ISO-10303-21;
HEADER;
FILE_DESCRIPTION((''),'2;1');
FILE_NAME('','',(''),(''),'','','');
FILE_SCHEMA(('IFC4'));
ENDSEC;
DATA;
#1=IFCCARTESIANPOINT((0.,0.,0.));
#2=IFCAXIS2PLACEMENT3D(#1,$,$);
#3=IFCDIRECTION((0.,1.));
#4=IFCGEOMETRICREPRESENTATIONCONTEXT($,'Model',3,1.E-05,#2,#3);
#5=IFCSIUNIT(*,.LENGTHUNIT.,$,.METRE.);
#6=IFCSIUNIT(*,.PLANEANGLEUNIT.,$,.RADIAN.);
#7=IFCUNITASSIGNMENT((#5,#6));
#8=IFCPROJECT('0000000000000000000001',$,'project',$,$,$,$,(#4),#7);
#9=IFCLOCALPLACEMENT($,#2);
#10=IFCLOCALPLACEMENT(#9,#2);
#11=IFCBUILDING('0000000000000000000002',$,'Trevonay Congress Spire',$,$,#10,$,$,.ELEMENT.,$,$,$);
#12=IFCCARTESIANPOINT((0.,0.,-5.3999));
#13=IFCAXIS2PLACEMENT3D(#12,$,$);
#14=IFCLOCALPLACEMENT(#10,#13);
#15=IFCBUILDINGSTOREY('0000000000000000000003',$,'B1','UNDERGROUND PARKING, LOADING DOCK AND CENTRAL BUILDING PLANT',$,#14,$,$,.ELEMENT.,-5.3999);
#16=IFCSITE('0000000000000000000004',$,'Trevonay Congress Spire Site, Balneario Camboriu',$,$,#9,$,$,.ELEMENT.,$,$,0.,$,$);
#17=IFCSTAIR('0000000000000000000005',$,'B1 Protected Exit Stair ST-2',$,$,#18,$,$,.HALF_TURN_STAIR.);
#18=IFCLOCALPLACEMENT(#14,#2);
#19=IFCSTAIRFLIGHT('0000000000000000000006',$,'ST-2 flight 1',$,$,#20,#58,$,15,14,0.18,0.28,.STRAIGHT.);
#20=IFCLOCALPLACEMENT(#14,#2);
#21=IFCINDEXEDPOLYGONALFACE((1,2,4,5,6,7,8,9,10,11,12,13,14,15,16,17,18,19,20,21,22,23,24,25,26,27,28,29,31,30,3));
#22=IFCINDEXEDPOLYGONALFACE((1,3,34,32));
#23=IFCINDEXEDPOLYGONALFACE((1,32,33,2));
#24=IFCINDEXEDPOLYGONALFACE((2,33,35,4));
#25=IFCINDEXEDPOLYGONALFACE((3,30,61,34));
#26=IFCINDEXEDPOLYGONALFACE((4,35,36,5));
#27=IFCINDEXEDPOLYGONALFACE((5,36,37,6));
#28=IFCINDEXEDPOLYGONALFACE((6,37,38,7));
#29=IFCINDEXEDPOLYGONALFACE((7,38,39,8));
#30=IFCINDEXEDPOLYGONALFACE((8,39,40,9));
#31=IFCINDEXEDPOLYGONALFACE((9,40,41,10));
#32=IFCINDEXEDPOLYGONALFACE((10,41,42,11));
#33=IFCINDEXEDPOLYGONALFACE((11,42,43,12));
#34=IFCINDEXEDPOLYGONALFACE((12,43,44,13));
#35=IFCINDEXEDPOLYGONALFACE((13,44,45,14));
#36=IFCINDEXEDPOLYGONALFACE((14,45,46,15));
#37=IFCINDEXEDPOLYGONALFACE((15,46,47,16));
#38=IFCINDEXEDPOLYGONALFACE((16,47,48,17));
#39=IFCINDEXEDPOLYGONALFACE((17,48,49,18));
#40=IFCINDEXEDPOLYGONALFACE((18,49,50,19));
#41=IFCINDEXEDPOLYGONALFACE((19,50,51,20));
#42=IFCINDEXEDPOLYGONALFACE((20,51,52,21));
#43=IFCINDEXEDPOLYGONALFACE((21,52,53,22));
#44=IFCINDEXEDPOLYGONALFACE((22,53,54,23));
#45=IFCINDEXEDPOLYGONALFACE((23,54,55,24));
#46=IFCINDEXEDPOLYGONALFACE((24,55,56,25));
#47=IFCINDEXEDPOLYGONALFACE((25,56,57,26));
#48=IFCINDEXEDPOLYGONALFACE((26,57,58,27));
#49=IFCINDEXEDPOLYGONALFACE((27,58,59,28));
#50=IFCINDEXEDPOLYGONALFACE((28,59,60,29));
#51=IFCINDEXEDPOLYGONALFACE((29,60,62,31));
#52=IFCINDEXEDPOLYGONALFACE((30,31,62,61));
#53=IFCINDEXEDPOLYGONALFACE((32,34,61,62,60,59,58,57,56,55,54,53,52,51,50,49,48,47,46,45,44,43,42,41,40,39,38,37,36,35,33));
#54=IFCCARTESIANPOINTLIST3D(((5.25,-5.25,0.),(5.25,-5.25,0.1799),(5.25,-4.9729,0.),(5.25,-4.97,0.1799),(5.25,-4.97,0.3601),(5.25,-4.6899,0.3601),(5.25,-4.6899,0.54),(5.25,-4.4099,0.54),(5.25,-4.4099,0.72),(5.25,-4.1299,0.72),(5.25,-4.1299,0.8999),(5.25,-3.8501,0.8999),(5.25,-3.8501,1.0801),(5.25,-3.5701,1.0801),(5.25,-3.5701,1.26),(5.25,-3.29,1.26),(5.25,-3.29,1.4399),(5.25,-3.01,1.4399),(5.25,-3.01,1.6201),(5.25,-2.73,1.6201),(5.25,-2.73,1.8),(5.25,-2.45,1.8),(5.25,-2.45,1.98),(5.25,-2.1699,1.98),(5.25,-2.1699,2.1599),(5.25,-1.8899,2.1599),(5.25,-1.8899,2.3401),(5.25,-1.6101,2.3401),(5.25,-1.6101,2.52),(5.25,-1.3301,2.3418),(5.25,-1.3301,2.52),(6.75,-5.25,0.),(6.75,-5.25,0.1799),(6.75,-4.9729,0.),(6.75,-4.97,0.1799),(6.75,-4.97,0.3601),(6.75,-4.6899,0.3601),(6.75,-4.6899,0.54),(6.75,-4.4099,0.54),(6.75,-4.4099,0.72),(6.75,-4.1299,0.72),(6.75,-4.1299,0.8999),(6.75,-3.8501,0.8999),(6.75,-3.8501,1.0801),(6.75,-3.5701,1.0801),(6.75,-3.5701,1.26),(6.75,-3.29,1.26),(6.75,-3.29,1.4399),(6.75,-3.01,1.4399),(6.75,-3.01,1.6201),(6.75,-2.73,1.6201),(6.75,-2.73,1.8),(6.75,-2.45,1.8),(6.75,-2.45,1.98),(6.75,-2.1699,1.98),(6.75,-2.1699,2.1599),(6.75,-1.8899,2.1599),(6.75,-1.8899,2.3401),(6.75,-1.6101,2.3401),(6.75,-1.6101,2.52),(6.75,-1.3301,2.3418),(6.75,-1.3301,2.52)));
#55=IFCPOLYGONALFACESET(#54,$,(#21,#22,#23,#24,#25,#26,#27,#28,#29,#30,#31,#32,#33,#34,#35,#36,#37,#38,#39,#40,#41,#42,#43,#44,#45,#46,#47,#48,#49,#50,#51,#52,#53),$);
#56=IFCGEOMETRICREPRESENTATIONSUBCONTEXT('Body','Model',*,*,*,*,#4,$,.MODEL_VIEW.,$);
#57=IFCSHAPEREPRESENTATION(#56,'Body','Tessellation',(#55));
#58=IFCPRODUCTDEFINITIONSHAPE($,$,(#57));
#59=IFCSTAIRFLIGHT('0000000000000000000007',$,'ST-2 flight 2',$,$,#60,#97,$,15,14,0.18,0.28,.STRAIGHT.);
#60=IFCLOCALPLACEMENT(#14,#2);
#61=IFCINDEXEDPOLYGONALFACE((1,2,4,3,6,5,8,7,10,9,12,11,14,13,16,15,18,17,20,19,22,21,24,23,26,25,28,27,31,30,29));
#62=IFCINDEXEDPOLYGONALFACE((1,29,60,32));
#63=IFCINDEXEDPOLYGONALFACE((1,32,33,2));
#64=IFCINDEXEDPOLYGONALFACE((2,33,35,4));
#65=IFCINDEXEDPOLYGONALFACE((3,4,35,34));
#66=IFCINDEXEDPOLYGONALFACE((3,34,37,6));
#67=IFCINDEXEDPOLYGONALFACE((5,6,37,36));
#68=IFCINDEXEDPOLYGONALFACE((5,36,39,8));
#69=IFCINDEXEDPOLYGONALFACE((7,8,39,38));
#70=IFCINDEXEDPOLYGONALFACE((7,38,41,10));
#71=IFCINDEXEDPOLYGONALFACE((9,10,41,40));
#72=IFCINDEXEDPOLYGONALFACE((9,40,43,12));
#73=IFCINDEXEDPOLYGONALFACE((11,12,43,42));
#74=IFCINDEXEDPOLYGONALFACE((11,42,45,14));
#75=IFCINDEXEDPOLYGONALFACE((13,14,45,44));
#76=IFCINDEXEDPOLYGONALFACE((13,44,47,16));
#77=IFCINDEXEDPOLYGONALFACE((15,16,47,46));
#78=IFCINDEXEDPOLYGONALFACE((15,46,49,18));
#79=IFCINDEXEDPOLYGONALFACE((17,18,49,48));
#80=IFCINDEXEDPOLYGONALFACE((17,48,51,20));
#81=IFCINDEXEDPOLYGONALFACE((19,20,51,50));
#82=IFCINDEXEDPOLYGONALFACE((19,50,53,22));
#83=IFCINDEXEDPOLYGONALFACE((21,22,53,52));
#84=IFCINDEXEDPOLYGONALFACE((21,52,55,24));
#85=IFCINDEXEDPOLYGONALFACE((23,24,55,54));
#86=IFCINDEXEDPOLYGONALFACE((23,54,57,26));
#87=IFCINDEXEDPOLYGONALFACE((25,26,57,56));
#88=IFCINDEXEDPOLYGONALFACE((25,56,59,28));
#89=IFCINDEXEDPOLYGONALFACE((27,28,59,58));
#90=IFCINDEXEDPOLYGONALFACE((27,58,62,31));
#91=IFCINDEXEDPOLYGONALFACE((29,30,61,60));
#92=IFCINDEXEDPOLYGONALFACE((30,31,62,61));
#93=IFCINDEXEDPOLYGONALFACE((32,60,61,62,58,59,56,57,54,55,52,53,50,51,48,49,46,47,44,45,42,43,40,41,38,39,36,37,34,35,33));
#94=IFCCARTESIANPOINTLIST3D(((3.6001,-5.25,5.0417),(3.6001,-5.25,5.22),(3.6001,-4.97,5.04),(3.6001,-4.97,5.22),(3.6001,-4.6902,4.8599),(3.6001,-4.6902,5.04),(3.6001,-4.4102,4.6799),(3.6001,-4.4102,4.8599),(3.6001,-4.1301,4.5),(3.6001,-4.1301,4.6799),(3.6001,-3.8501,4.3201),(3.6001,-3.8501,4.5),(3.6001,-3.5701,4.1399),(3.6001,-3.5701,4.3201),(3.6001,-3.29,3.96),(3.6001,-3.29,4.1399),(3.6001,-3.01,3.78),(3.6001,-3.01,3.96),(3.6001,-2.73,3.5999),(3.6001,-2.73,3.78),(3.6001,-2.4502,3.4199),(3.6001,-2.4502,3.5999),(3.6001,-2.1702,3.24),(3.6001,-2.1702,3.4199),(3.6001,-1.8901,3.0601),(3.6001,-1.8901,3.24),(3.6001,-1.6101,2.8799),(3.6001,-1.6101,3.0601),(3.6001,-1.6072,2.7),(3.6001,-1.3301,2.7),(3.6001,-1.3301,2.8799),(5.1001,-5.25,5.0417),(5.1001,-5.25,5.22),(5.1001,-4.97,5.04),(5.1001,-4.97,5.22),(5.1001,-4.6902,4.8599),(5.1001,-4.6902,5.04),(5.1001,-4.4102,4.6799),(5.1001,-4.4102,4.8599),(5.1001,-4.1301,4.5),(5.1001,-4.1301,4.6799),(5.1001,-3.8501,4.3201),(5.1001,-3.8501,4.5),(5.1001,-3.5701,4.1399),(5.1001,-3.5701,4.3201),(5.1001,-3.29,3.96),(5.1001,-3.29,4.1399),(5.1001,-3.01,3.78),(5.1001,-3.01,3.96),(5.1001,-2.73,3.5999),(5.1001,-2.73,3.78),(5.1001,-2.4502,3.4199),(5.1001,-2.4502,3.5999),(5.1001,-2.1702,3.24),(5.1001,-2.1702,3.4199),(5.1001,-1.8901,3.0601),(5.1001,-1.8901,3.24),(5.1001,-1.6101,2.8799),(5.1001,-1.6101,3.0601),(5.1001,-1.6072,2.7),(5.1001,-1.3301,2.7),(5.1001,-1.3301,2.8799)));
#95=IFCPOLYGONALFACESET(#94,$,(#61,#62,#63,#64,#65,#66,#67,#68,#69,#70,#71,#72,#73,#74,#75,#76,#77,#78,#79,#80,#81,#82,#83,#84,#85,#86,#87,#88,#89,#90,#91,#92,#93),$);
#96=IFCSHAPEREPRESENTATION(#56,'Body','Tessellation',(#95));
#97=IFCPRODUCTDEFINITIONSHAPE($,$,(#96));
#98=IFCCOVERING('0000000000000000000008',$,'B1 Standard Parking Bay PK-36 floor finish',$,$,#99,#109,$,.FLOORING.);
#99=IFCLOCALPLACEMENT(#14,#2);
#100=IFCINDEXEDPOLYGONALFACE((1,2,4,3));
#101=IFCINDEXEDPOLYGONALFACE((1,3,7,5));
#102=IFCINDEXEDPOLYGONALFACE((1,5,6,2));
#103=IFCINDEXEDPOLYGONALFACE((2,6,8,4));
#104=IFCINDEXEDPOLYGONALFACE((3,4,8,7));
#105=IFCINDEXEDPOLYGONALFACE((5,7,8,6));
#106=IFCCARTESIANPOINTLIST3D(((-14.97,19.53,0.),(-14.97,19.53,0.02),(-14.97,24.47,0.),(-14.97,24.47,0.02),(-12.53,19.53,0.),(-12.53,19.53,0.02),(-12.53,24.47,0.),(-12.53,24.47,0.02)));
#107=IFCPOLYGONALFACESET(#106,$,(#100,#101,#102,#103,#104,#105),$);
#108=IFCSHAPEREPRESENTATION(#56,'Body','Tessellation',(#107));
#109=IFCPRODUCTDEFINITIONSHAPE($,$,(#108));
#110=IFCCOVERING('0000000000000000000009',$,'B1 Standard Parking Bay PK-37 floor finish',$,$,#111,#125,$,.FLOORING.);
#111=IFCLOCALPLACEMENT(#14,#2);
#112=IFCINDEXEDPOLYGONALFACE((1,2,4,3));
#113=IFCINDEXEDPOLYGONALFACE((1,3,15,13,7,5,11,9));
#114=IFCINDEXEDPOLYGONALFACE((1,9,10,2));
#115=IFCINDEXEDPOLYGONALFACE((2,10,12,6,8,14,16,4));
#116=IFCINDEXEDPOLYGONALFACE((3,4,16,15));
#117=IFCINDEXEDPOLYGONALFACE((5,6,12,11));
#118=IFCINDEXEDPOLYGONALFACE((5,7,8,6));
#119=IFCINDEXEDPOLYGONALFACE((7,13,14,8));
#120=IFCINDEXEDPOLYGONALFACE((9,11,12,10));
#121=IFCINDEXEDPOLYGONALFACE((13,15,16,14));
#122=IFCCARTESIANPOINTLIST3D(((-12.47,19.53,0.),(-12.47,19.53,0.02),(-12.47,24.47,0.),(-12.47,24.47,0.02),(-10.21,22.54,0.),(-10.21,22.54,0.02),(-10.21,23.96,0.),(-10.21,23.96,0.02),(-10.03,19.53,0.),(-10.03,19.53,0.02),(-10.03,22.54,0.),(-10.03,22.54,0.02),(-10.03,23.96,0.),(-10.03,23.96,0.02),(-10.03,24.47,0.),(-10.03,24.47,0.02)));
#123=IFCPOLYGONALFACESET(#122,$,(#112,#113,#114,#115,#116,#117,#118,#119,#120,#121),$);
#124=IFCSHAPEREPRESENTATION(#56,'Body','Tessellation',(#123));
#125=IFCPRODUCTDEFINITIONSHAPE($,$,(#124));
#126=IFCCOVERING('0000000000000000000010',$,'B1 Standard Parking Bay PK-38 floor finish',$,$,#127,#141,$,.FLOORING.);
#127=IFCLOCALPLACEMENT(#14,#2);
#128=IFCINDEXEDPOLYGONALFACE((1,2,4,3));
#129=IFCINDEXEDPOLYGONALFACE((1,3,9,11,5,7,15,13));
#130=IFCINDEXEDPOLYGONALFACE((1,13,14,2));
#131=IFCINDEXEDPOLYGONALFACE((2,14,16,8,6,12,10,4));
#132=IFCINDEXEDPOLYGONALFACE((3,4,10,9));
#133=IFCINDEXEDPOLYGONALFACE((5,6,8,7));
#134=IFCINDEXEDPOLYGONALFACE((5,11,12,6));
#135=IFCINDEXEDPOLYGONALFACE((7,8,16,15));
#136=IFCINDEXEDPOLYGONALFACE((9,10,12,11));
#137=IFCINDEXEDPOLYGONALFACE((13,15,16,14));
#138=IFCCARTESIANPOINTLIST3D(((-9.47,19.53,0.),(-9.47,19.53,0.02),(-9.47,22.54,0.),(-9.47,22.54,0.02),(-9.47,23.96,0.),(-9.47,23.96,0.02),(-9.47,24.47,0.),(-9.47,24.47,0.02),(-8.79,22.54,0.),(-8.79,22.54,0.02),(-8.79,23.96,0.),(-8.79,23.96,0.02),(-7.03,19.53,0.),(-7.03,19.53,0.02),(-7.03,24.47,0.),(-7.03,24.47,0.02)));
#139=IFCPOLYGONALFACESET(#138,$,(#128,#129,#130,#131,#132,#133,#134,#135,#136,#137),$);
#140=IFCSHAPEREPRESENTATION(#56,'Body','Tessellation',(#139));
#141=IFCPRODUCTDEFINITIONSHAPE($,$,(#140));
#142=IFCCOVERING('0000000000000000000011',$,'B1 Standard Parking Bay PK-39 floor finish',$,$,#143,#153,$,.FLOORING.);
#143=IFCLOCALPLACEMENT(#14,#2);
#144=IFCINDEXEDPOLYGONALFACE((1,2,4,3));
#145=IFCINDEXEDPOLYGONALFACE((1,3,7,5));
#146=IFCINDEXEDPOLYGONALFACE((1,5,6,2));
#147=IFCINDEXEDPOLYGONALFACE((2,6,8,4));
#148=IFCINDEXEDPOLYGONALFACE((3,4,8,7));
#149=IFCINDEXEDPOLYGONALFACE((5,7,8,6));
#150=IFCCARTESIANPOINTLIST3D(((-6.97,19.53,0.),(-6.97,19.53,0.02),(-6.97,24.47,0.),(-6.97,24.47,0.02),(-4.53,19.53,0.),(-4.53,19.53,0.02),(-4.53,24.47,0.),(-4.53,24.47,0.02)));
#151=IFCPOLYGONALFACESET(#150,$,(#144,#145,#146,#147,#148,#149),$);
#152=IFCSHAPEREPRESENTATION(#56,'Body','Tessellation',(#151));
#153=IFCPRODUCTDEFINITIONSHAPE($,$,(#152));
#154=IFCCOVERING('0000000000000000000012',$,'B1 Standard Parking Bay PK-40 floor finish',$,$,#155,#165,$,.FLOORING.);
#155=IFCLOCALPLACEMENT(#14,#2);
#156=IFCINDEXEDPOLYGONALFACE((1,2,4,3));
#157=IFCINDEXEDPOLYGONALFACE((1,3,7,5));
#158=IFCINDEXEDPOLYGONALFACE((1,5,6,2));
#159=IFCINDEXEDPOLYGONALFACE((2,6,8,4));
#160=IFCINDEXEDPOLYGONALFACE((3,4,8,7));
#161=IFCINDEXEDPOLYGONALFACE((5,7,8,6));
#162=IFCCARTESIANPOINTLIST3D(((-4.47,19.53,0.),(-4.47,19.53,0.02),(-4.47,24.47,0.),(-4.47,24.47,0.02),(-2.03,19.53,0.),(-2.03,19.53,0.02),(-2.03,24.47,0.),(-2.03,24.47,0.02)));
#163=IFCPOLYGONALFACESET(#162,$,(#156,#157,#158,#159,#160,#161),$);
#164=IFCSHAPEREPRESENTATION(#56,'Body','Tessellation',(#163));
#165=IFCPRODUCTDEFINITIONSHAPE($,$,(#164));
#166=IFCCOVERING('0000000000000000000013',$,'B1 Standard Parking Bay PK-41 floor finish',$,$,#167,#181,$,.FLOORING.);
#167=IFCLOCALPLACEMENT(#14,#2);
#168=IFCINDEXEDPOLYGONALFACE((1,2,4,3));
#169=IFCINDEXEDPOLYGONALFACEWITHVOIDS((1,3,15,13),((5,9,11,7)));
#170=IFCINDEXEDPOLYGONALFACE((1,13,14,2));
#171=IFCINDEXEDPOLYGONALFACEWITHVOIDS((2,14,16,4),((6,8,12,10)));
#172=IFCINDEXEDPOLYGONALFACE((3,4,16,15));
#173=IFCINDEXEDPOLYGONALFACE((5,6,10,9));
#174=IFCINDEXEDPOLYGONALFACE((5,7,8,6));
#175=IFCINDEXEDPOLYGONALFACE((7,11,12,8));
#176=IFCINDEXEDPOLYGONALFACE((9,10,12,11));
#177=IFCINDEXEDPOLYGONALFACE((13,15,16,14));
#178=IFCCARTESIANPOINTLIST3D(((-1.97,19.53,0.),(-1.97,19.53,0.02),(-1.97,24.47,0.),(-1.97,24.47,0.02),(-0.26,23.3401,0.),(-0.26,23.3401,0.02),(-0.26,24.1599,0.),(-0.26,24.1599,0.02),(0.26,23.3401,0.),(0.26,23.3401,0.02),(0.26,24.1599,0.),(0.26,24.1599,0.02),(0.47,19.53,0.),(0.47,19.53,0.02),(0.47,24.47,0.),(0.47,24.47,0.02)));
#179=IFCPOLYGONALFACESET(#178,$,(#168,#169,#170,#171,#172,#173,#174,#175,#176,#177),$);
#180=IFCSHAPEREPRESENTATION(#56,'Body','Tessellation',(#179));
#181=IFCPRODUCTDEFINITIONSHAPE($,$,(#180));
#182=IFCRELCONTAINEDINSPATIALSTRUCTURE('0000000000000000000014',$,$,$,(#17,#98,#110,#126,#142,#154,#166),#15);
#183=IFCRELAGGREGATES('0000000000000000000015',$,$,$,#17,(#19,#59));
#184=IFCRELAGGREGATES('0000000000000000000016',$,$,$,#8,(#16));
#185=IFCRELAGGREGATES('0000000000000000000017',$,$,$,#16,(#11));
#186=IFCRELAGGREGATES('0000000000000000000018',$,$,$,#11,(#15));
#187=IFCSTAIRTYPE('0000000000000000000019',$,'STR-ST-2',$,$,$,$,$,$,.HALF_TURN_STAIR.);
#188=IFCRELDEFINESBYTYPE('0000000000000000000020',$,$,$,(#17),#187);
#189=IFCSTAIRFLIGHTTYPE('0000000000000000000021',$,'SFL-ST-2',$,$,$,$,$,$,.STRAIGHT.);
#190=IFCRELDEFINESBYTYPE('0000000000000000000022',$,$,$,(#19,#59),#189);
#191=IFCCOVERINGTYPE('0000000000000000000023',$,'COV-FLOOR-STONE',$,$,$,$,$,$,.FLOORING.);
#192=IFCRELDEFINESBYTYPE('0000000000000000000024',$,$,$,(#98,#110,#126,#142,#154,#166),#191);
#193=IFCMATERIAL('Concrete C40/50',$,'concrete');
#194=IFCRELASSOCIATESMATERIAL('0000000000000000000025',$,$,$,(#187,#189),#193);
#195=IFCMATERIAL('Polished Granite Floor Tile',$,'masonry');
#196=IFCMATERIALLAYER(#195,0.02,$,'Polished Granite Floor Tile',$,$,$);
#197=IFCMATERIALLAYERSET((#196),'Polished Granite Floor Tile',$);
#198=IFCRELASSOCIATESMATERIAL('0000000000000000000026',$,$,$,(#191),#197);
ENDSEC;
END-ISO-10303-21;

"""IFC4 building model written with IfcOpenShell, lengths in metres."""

from ifc_helpers import new_model, si_unit, direction, frame, origin, place, context, subcontext, project, spatial, polyline, outline, extrude, material, layer, layer_set, type_object, element, aggregate, save


model = new_model("IFC4")

# Units and contexts
model_context = context("Model", 3, precision=1e-05, world=origin(), true_north=direction((0.0, 1.0)))
body_context = subcontext(model_context, "Body", "Model", "MODEL_VIEW")
ifc_project = project(units=[si_unit("LENGTHUNIT", "METRE"), si_unit("PLANEANGLEUNIT", "RADIAN")], contexts=[model_context])

# Site, building, storey
site_placement = place(None, origin())
site = spatial("IfcSite", under=ifc_project, at=site_placement, Name="Trevonay Congress Spire Site, Balneario Camboriu", CompositionType="ELEMENT", RefElevation=0.0)
building_placement = place(site_placement, origin())
building = spatial("IfcBuilding", under=site, at=building_placement, Name="Trevonay Congress Spire", CompositionType="ELEMENT")
storey_placement = place(building_placement, frame((0.0, 0.0, -5.3999)))
storey = spatial("IfcBuildingStorey", under=building, at=storey_placement, Name="B1", Description="UNDERGROUND PARKING, LOADING DOCK AND CENTRAL BUILDING PLANT", CompositionType="ELEMENT", Elevation=-5.3999)

# Shared definitions
ifc_material_1 = material(Name="Concrete C40/50", Category="concrete")

# Stair, stair flights
stair_type = type_object("IfcStairType", Name="STR-ST-2", PredefinedType="HALF_TURN_STAIR", material=ifc_material_1)
stair_placement = place(storey_placement, origin())
stair = element("IfcStair", 1, at=stair_placement, inside=storey, type_object=stair_type, Name="B1 Protected Exit Stair ST-2", PredefinedType="HALF_TURN_STAIR")
stair_flight_type = type_object("IfcStairFlightType", Name="SFL-ST-2", PredefinedType="STRAIGHT", material=ifc_material_1)
stair_flight_1_placement = place(storey_placement, frame((6.0, -5.25, 0.0), z_axis=(0.0, 0.0, 1.0), x_axis=(0.0, 1.0, 0.0)))
stair_flight_1 = element("IfcStairFlight", 2, at=stair_flight_1_placement, type_object=stair_flight_type, Name="ST-2 flight 1", NumberOfRisers=15, NumberOfTreads=14, PredefinedType="STRAIGHT", RiserHeight=0.18, TreadLength=0.28, context=body_context, shape_type="SweptSolid", body=[
    extrude(outline(polyline([(0.0, 0.0), (0.0, 0.1799), (0.28, 0.1799), (0.28, 0.3601), (0.5601, 0.3601), (0.5601, 0.54), (0.8401, 0.54), (0.8401, 0.72), (1.1201, 0.72), (1.1201, 0.8999), (1.3999, 0.8999), (1.3999, 1.0801), (1.6799, 1.0801), (1.6799, 1.26), (1.96, 1.26), (1.96, 1.4399), (2.24, 1.4399), (2.24, 1.6201), (2.52, 1.6201), (2.52, 1.8), (2.8, 1.8), (2.8, 1.98), (3.0801, 1.98), (3.0801, 2.1599), (3.3601, 2.1599), (3.3601, 2.3401), (3.6399, 2.3401), (3.6399, 2.52), (3.9199, 2.52), (3.9199, 2.7), (3.9199, 2.3418), (0.2771, 0.0), (0.0, 0.0)])), frame((0.0, 0.75, 0.0), z_axis=(0.0, -1.0, 0.0), x_axis=(1.0, 0.0, 0.0)), (0.0, 0.0, 1.0), 1.5),
])
stair_flight_2_placement = place(storey_placement, frame((4.3501, -1.3301, 2.7), z_axis=(0.0, 0.0, 1.0), x_axis=(0.0, -1.0, 0.0)))
stair_flight_2 = element("IfcStairFlight", 3, at=stair_flight_2_placement, type_object=stair_flight_type, Name="ST-2 flight 2", NumberOfRisers=15, NumberOfTreads=14, PredefinedType="STRAIGHT", RiserHeight=0.18, TreadLength=0.28, context=body_context, shape_type="SweptSolid", body=[
    extrude(outline(polyline([(0.0, 0.0), (0.0, 0.1799), (0.28, 0.1799), (0.28, 0.3601), (0.5601, 0.3601), (0.5601, 0.54), (0.8401, 0.54), (0.8401, 0.72), (1.1201, 0.72), (1.1201, 0.8999), (1.3999, 0.8999), (1.3999, 1.0801), (1.6799, 1.0801), (1.6799, 1.26), (1.96, 1.26), (1.96, 1.4399), (2.24, 1.4399), (2.24, 1.6201), (2.52, 1.6201), (2.52, 1.8), (2.8, 1.8), (2.8, 1.98), (3.0801, 1.98), (3.0801, 2.1599), (3.3601, 2.1599), (3.3601, 2.3401), (3.6399, 2.3401), (3.6399, 2.52), (3.9199, 2.52), (3.9199, 2.7), (3.9199, 2.3418), (0.2771, 0.0), (0.0, 0.0)])), frame((0.0, 0.75, 0.0), z_axis=(0.0, -1.0, 0.0), x_axis=(1.0, 0.0, 0.0)), (0.0, 0.0, 1.0), 1.5),
])
aggregate(stair, [stair_flight_1, stair_flight_2])

# Coverings
ifc_material_2 = material(Name="Polished Granite Floor Tile", Category="masonry")
ifc_layer_1 = layer(ifc_material_2, 0.02, Name="Polished Granite Floor Tile")
ifc_layer_set_1 = layer_set([ifc_layer_1], Name="Polished Granite Floor Tile")
covering_type = type_object("IfcCoveringType", Name="COV-FLOOR-STONE", PredefinedType="FLOORING", material=ifc_layer_set_1)
covering_1_placement = place(storey_placement, origin())
element("IfcCovering", 4, at=covering_1_placement, inside=storey, type_object=covering_type, Name="B1 Standard Parking Bay PK-36 floor finish", PredefinedType="FLOORING", context=body_context, shape_type="SweptSolid", body=[
    extrude(outline(polyline([(-14.97, 19.53), (-12.53, 19.53), (-12.53, 24.47), (-14.97, 24.47), (-14.97, 19.53)])), origin(), (0.0, 0.0, 1.0), 0.02),
])
covering_2_placement = place(storey_placement, origin())
element("IfcCovering", 5, at=covering_2_placement, inside=storey, type_object=covering_type, Name="B1 Standard Parking Bay PK-37 floor finish", PredefinedType="FLOORING", context=body_context, shape_type="SweptSolid", body=[
    extrude(outline(polyline([(-10.03, 19.53), (-12.47, 19.53), (-12.47, 24.47), (-10.03, 24.47), (-10.03, 23.96), (-10.21, 23.96), (-10.21, 22.54), (-10.03, 22.54), (-10.03, 19.53)])), origin(), (0.0, 0.0, 1.0), 0.02),
])
covering_3_placement = place(storey_placement, origin())
element("IfcCovering", 6, at=covering_3_placement, inside=storey, type_object=covering_type, Name="B1 Standard Parking Bay PK-38 floor finish", PredefinedType="FLOORING", context=body_context, shape_type="SweptSolid", body=[
    extrude(outline(polyline([(-9.47, 24.47), (-7.03, 24.47), (-7.03, 19.53), (-9.47, 19.53), (-9.47, 22.54), (-8.79, 22.54), (-8.79, 23.96), (-9.47, 23.96), (-9.47, 24.47)])), origin(), (0.0, 0.0, 1.0), 0.02),
])
covering_4_placement = place(storey_placement, origin())
element("IfcCovering", 7, at=covering_4_placement, inside=storey, type_object=covering_type, Name="B1 Standard Parking Bay PK-39 floor finish", PredefinedType="FLOORING", context=body_context, shape_type="SweptSolid", body=[
    extrude(outline(polyline([(-6.97, 19.53), (-4.53, 19.53), (-4.53, 24.47), (-6.97, 24.47), (-6.97, 19.53)])), origin(), (0.0, 0.0, 1.0), 0.02),
])
covering_5_placement = place(storey_placement, origin())
element("IfcCovering", 8, at=covering_5_placement, inside=storey, type_object=covering_type, Name="B1 Standard Parking Bay PK-40 floor finish", PredefinedType="FLOORING", context=body_context, shape_type="SweptSolid", body=[
    extrude(outline(polyline([(-4.47, 19.53), (-2.03, 19.53), (-2.03, 24.47), (-4.47, 24.47), (-4.47, 19.53)])), origin(), (0.0, 0.0, 1.0), 0.02),
])
covering_6_placement = place(storey_placement, origin())
element("IfcCovering", 9, at=covering_6_placement, inside=storey, type_object=covering_type, Name="B1 Standard Parking Bay PK-41 floor finish", PredefinedType="FLOORING", context=body_context, shape_type="SweptSolid", body=[
    extrude(outline(polyline([(-1.97, 24.47), (0.47, 24.47), (0.47, 19.53), (-1.97, 19.53), (-1.97, 24.47)]), holes=[polyline([(0.26, 23.3401), (0.26, 24.1599), (-0.26, 24.1599), (-0.26, 23.3401), (0.26, 23.3401)])]), origin(), (0.0, 0.0, 1.0), 0.02),
])

save(model, "model.ifc")
